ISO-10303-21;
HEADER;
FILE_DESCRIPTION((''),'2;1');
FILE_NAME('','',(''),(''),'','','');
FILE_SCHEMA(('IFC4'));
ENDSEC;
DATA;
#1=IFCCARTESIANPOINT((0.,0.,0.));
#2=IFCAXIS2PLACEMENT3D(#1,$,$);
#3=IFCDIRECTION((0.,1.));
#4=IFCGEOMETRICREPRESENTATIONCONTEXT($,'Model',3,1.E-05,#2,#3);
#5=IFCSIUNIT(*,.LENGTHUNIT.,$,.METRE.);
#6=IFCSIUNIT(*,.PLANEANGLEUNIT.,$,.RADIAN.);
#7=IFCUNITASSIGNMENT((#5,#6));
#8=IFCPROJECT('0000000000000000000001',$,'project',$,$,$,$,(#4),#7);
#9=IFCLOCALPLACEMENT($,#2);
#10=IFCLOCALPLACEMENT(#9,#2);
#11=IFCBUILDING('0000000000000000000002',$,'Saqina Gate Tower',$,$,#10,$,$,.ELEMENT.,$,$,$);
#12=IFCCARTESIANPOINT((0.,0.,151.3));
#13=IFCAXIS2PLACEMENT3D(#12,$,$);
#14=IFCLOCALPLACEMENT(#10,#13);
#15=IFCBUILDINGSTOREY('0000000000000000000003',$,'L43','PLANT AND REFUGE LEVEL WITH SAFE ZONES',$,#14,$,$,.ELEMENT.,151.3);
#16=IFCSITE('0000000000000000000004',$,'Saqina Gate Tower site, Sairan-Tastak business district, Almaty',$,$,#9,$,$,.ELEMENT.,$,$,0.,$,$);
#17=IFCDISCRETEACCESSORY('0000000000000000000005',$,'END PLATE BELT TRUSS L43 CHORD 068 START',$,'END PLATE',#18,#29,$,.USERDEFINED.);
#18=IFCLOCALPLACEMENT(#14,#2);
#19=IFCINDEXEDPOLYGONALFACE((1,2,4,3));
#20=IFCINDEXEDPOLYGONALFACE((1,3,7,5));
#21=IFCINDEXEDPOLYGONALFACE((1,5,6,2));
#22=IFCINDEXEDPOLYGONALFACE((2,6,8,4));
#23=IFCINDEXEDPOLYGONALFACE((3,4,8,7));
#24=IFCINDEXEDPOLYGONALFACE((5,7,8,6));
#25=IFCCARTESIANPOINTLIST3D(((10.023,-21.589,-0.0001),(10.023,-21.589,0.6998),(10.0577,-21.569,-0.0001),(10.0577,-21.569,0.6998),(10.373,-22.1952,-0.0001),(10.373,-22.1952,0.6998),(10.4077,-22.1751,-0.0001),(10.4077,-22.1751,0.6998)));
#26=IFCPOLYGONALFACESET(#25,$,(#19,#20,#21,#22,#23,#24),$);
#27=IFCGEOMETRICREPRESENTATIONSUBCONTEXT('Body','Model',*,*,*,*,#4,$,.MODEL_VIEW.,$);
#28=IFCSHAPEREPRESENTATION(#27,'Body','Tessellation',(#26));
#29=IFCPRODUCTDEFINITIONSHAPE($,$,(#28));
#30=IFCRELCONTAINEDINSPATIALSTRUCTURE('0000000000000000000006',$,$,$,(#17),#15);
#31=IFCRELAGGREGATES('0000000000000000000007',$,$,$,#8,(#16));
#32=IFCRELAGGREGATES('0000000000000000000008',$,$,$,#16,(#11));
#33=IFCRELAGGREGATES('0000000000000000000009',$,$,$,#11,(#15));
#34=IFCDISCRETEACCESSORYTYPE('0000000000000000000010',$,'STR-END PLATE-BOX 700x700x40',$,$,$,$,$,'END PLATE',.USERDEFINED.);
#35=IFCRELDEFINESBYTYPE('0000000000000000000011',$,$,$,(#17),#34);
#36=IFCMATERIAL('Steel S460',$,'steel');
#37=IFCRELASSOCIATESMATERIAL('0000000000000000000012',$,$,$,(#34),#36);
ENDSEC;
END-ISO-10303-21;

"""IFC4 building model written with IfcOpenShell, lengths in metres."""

from ifc_helpers import new_model, si_unit, direction, frame, origin, origin_2d, place, context, subcontext, project, spatial, rectangle, extrude, material, material_profile, profile_set, type_object, element, save


model = new_model("IFC4")

# Units and contexts
model_context = context("Model", 3, precision=1e-05, world=origin(), true_north=direction((0.0, 1.0)))
body_context = subcontext(model_context, "Body", "Model", "MODEL_VIEW")
ifc_project = project(units=[si_unit("LENGTHUNIT", "METRE"), si_unit("PLANEANGLEUNIT", "RADIAN")], contexts=[model_context])

# Site, building, storey
site_placement = place(None, origin())
site = spatial("IfcSite", under=ifc_project, at=site_placement, Name="Saqina Gate Tower site, Sairan-Tastak business district, Almaty", CompositionType="ELEMENT", RefElevation=0.0)
building_placement = place(site_placement, origin())
building = spatial("IfcBuilding", under=site, at=building_placement, Name="Saqina Gate Tower", CompositionType="ELEMENT")
storey_placement = place(building_placement, frame((0.0, 0.0, 151.3)))
storey = spatial("IfcBuildingStorey", under=building, at=storey_placement, Name="L43", Description="PLANT AND REFUGE LEVEL WITH SAFE ZONES", CompositionType="ELEMENT", Elevation=151.3)

# Discrete accessory
ifc_material_1 = material(Name="Steel S460", Category="steel")
ifc_material_profile_1 = material_profile(ifc_material_1, rectangle(XDim=0.7, YDim=0.7, at=origin_2d()), Name="STR-END PLATE-BOX 700x700x40")
ifc_profile_set_1 = profile_set([ifc_material_profile_1], Name="Steel S460")
discrete_accessory_type_1 = type_object("IfcDiscreteAccessoryType", Name="STR-END PLATE-BOX 700x700x40", ElementType="END PLATE", PredefinedType="USERDEFINED", material=ifc_profile_set_1)
discrete_accessory_1_placement = place(storey_placement, frame((10.2327, -21.8721, 0.3499), z_axis=(-0.865982, -0.500074, 0.0), x_axis=(-0.500074, 0.865982, 0.0)))
element("IfcDiscreteAccessory", 1, at=discrete_accessory_1_placement, inside=storey, type_object=discrete_accessory_type_1, Name="END PLATE BELT TRUSS L43 CHORD 068 START", ObjectType="END PLATE", PredefinedType="USERDEFINED", context=body_context, shape_type="SweptSolid", body=[
    extrude(rectangle(XDim=0.7, YDim=0.7, at=origin_2d()), origin(), (0.0, 0.0, 1.0), 0.04),
])

save(model, "model.ifc")
